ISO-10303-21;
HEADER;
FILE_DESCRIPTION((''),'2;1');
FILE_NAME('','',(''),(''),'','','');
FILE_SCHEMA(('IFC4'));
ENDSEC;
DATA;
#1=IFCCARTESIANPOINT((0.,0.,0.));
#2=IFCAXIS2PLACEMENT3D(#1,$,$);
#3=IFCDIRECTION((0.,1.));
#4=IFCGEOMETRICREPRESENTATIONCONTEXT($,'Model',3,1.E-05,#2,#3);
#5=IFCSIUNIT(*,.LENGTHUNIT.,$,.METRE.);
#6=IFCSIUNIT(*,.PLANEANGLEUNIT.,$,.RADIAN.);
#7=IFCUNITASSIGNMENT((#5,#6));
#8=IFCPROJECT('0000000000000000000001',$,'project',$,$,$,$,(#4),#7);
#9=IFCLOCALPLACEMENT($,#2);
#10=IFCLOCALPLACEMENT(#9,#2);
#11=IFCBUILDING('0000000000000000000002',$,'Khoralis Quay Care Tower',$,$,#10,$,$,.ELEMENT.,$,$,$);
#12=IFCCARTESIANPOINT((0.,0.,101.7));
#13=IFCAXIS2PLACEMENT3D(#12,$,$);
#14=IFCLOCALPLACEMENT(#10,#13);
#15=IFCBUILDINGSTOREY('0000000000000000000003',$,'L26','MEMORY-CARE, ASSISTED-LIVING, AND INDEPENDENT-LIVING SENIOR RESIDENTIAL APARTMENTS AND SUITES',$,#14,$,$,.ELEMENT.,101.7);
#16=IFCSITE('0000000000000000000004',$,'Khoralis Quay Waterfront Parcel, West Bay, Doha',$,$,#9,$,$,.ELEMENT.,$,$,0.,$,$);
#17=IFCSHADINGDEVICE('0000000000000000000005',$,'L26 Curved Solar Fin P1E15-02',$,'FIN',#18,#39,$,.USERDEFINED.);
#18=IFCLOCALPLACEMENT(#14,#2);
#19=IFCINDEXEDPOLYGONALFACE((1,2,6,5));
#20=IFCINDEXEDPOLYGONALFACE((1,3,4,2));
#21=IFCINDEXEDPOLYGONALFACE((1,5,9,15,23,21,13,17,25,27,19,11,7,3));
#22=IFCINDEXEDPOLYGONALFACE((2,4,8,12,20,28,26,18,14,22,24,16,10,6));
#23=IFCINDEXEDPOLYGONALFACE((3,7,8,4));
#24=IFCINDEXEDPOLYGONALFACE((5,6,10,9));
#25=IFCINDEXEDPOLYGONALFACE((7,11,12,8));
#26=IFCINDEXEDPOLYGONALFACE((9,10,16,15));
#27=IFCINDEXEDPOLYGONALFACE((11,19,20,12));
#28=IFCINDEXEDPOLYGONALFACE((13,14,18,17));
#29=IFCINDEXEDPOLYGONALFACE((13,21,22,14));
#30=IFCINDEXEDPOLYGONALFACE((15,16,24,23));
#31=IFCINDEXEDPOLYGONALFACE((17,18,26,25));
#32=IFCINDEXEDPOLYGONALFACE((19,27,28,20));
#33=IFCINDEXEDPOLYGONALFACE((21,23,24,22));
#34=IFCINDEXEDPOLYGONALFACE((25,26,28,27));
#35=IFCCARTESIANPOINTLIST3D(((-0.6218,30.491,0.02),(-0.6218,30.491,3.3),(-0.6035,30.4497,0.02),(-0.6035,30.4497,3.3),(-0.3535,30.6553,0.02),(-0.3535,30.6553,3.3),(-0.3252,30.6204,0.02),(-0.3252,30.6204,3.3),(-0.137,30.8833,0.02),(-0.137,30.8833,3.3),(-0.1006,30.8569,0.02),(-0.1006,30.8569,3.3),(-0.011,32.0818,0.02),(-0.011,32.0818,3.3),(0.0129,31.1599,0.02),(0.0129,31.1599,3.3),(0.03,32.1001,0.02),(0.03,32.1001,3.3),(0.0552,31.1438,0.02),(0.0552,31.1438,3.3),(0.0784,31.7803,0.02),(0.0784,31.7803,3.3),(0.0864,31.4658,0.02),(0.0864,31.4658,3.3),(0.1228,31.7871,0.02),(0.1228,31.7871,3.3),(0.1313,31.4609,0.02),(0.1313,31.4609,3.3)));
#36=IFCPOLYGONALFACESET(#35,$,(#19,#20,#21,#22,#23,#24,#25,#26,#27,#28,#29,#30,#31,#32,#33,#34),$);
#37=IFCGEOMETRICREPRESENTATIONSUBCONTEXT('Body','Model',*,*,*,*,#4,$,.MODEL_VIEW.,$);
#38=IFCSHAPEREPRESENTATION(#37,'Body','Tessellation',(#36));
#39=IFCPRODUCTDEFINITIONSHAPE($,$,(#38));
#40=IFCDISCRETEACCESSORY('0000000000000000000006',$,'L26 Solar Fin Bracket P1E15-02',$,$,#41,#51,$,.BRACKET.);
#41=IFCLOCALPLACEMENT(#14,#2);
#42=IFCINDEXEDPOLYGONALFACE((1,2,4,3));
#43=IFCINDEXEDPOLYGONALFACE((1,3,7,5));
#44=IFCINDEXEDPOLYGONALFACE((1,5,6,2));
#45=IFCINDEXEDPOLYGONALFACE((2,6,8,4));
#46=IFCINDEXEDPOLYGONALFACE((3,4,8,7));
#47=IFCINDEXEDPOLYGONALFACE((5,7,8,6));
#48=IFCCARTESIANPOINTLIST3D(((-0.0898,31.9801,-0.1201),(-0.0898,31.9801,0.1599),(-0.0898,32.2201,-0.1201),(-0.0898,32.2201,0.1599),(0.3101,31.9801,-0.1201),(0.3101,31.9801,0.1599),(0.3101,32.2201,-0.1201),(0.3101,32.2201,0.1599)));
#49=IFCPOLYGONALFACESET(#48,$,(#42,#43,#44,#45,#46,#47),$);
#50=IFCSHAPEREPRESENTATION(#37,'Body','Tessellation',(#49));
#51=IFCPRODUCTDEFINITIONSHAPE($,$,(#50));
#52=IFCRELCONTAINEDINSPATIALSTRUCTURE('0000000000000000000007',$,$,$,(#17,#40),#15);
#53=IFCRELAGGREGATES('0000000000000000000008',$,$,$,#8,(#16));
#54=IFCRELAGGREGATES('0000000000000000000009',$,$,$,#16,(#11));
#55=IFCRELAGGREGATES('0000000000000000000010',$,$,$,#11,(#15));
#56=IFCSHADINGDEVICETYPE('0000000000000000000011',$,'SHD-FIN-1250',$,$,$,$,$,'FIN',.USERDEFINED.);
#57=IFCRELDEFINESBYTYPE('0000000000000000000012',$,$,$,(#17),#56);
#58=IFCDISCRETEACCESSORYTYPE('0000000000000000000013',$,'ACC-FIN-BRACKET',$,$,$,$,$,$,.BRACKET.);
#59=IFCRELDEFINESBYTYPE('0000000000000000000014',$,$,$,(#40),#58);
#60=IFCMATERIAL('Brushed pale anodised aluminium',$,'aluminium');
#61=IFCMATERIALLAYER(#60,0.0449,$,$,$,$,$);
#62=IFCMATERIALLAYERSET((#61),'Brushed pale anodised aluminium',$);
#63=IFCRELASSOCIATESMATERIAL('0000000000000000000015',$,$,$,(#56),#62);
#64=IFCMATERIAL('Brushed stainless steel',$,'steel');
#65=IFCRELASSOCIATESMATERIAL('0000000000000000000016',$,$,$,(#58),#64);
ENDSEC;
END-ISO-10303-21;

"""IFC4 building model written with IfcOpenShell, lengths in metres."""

from ifc_helpers import new_model, si_unit, direction, frame, origin, origin_2d, place, context, subcontext, project, spatial, polyline, rectangle, outline, extrude, source, transform, mapped, material, layer, layer_set, type_object, element, save


model = new_model("IFC4")

# Units and contexts
model_context = context("Model", 3, precision=1e-05, world=origin(), true_north=direction((0.0, 1.0)))
body_context = subcontext(model_context, "Body", "Model", "MODEL_VIEW")
ifc_project = project(units=[si_unit("LENGTHUNIT", "METRE"), si_unit("PLANEANGLEUNIT", "RADIAN")], contexts=[model_context])

# Site, building, storey
site_placement = place(None, origin())
site = spatial("IfcSite", under=ifc_project, at=site_placement, Name="Khoralis Quay Waterfront Parcel, West Bay, Doha", CompositionType="ELEMENT", RefElevation=0.0)
building_placement = place(site_placement, origin())
building = spatial("IfcBuilding", under=site, at=building_placement, Name="Khoralis Quay Care Tower", CompositionType="ELEMENT")
storey_placement = place(building_placement, frame((0.0, 0.0, 101.7)))
storey = spatial("IfcBuildingStorey", under=building, at=storey_placement, Name="L26", Description="MEMORY-CARE, ASSISTED-LIVING, AND INDEPENDENT-LIVING SENIOR RESIDENTIAL APARTMENTS AND SUITES", CompositionType="ELEMENT", Elevation=101.7)

# Shading device
ifc_material_1 = material(Name="Brushed pale anodised aluminium", Category="aluminium")
ifc_layer_1 = layer(ifc_material_1, 0.0449)
ifc_layer_set_1 = layer_set([ifc_layer_1], Name="Brushed pale anodised aluminium")
shading_device_type = type_object("IfcShadingDeviceType", Name="SHD-FIN-1250", ElementType="FIN", PredefinedType="USERDEFINED", material=ifc_layer_set_1)
shared_shape_1 = source(origin(), body_context, "Body", "SweptSolid", [
    extrude(outline(polyline([(0.0, 0.0), (-0.0928, 0.313), (-0.1013, 0.6392), (-0.0251, 0.9563), (0.1306, 1.2432), (0.3552, 1.4797), (0.6335, 1.6504), (0.6519, 1.6091), (0.3835, 1.4448), (0.167, 1.2168), (0.0171, 0.9402), (-0.0564, 0.6343), (-0.0483, 0.3198), (0.041, 0.0183), (0.0, 0.0)])), origin(), (0.0, 0.0, 1.0), 3.28),
])
shading_device_placement = place(storey_placement, frame((0.03, 32.1001, 0.02), z_axis=(0.0, 0.0, 1.0), x_axis=(-1.0, 0.0, 0.0)))
element("IfcShadingDevice", 1, at=shading_device_placement, inside=storey, type_object=shading_device_type, Name="L26 Curved Solar Fin P1E15-02", ObjectType="FIN", PredefinedType="USERDEFINED", context=body_context, shape_type="MappedRepresentation", body=[
    mapped(shared_shape_1, transform((0.0, 0.0, 0.0), scale=1.0)),
])

# Discrete accessory
ifc_material_2 = material(Name="Brushed stainless steel", Category="steel")
discrete_accessory_type = type_object("IfcDiscreteAccessoryType", Name="ACC-FIN-BRACKET", PredefinedType="BRACKET", material=ifc_material_2)
shared_shape_2 = source(origin(), body_context, "Body", "SweptSolid", [
    extrude(rectangle(XDim=0.3999, YDim=0.24, at=origin_2d()), origin(), (0.0, 0.0, 1.0), 0.28),
])
discrete_accessory_placement = place(storey_placement, frame((0.1101, 32.1001, -0.1201), z_axis=(0.0, 0.0, 1.0), x_axis=(-1.0, 0.0, 0.0)))
element("IfcDiscreteAccessory", 2, at=discrete_accessory_placement, inside=storey, type_object=discrete_accessory_type, Name="L26 Solar Fin Bracket P1E15-02", PredefinedType="BRACKET", context=body_context, shape_type="MappedRepresentation", body=[
    mapped(shared_shape_2, transform((0.0, 0.0, 0.0), scale=1.0)),
])

save(model, "model.ifc")
